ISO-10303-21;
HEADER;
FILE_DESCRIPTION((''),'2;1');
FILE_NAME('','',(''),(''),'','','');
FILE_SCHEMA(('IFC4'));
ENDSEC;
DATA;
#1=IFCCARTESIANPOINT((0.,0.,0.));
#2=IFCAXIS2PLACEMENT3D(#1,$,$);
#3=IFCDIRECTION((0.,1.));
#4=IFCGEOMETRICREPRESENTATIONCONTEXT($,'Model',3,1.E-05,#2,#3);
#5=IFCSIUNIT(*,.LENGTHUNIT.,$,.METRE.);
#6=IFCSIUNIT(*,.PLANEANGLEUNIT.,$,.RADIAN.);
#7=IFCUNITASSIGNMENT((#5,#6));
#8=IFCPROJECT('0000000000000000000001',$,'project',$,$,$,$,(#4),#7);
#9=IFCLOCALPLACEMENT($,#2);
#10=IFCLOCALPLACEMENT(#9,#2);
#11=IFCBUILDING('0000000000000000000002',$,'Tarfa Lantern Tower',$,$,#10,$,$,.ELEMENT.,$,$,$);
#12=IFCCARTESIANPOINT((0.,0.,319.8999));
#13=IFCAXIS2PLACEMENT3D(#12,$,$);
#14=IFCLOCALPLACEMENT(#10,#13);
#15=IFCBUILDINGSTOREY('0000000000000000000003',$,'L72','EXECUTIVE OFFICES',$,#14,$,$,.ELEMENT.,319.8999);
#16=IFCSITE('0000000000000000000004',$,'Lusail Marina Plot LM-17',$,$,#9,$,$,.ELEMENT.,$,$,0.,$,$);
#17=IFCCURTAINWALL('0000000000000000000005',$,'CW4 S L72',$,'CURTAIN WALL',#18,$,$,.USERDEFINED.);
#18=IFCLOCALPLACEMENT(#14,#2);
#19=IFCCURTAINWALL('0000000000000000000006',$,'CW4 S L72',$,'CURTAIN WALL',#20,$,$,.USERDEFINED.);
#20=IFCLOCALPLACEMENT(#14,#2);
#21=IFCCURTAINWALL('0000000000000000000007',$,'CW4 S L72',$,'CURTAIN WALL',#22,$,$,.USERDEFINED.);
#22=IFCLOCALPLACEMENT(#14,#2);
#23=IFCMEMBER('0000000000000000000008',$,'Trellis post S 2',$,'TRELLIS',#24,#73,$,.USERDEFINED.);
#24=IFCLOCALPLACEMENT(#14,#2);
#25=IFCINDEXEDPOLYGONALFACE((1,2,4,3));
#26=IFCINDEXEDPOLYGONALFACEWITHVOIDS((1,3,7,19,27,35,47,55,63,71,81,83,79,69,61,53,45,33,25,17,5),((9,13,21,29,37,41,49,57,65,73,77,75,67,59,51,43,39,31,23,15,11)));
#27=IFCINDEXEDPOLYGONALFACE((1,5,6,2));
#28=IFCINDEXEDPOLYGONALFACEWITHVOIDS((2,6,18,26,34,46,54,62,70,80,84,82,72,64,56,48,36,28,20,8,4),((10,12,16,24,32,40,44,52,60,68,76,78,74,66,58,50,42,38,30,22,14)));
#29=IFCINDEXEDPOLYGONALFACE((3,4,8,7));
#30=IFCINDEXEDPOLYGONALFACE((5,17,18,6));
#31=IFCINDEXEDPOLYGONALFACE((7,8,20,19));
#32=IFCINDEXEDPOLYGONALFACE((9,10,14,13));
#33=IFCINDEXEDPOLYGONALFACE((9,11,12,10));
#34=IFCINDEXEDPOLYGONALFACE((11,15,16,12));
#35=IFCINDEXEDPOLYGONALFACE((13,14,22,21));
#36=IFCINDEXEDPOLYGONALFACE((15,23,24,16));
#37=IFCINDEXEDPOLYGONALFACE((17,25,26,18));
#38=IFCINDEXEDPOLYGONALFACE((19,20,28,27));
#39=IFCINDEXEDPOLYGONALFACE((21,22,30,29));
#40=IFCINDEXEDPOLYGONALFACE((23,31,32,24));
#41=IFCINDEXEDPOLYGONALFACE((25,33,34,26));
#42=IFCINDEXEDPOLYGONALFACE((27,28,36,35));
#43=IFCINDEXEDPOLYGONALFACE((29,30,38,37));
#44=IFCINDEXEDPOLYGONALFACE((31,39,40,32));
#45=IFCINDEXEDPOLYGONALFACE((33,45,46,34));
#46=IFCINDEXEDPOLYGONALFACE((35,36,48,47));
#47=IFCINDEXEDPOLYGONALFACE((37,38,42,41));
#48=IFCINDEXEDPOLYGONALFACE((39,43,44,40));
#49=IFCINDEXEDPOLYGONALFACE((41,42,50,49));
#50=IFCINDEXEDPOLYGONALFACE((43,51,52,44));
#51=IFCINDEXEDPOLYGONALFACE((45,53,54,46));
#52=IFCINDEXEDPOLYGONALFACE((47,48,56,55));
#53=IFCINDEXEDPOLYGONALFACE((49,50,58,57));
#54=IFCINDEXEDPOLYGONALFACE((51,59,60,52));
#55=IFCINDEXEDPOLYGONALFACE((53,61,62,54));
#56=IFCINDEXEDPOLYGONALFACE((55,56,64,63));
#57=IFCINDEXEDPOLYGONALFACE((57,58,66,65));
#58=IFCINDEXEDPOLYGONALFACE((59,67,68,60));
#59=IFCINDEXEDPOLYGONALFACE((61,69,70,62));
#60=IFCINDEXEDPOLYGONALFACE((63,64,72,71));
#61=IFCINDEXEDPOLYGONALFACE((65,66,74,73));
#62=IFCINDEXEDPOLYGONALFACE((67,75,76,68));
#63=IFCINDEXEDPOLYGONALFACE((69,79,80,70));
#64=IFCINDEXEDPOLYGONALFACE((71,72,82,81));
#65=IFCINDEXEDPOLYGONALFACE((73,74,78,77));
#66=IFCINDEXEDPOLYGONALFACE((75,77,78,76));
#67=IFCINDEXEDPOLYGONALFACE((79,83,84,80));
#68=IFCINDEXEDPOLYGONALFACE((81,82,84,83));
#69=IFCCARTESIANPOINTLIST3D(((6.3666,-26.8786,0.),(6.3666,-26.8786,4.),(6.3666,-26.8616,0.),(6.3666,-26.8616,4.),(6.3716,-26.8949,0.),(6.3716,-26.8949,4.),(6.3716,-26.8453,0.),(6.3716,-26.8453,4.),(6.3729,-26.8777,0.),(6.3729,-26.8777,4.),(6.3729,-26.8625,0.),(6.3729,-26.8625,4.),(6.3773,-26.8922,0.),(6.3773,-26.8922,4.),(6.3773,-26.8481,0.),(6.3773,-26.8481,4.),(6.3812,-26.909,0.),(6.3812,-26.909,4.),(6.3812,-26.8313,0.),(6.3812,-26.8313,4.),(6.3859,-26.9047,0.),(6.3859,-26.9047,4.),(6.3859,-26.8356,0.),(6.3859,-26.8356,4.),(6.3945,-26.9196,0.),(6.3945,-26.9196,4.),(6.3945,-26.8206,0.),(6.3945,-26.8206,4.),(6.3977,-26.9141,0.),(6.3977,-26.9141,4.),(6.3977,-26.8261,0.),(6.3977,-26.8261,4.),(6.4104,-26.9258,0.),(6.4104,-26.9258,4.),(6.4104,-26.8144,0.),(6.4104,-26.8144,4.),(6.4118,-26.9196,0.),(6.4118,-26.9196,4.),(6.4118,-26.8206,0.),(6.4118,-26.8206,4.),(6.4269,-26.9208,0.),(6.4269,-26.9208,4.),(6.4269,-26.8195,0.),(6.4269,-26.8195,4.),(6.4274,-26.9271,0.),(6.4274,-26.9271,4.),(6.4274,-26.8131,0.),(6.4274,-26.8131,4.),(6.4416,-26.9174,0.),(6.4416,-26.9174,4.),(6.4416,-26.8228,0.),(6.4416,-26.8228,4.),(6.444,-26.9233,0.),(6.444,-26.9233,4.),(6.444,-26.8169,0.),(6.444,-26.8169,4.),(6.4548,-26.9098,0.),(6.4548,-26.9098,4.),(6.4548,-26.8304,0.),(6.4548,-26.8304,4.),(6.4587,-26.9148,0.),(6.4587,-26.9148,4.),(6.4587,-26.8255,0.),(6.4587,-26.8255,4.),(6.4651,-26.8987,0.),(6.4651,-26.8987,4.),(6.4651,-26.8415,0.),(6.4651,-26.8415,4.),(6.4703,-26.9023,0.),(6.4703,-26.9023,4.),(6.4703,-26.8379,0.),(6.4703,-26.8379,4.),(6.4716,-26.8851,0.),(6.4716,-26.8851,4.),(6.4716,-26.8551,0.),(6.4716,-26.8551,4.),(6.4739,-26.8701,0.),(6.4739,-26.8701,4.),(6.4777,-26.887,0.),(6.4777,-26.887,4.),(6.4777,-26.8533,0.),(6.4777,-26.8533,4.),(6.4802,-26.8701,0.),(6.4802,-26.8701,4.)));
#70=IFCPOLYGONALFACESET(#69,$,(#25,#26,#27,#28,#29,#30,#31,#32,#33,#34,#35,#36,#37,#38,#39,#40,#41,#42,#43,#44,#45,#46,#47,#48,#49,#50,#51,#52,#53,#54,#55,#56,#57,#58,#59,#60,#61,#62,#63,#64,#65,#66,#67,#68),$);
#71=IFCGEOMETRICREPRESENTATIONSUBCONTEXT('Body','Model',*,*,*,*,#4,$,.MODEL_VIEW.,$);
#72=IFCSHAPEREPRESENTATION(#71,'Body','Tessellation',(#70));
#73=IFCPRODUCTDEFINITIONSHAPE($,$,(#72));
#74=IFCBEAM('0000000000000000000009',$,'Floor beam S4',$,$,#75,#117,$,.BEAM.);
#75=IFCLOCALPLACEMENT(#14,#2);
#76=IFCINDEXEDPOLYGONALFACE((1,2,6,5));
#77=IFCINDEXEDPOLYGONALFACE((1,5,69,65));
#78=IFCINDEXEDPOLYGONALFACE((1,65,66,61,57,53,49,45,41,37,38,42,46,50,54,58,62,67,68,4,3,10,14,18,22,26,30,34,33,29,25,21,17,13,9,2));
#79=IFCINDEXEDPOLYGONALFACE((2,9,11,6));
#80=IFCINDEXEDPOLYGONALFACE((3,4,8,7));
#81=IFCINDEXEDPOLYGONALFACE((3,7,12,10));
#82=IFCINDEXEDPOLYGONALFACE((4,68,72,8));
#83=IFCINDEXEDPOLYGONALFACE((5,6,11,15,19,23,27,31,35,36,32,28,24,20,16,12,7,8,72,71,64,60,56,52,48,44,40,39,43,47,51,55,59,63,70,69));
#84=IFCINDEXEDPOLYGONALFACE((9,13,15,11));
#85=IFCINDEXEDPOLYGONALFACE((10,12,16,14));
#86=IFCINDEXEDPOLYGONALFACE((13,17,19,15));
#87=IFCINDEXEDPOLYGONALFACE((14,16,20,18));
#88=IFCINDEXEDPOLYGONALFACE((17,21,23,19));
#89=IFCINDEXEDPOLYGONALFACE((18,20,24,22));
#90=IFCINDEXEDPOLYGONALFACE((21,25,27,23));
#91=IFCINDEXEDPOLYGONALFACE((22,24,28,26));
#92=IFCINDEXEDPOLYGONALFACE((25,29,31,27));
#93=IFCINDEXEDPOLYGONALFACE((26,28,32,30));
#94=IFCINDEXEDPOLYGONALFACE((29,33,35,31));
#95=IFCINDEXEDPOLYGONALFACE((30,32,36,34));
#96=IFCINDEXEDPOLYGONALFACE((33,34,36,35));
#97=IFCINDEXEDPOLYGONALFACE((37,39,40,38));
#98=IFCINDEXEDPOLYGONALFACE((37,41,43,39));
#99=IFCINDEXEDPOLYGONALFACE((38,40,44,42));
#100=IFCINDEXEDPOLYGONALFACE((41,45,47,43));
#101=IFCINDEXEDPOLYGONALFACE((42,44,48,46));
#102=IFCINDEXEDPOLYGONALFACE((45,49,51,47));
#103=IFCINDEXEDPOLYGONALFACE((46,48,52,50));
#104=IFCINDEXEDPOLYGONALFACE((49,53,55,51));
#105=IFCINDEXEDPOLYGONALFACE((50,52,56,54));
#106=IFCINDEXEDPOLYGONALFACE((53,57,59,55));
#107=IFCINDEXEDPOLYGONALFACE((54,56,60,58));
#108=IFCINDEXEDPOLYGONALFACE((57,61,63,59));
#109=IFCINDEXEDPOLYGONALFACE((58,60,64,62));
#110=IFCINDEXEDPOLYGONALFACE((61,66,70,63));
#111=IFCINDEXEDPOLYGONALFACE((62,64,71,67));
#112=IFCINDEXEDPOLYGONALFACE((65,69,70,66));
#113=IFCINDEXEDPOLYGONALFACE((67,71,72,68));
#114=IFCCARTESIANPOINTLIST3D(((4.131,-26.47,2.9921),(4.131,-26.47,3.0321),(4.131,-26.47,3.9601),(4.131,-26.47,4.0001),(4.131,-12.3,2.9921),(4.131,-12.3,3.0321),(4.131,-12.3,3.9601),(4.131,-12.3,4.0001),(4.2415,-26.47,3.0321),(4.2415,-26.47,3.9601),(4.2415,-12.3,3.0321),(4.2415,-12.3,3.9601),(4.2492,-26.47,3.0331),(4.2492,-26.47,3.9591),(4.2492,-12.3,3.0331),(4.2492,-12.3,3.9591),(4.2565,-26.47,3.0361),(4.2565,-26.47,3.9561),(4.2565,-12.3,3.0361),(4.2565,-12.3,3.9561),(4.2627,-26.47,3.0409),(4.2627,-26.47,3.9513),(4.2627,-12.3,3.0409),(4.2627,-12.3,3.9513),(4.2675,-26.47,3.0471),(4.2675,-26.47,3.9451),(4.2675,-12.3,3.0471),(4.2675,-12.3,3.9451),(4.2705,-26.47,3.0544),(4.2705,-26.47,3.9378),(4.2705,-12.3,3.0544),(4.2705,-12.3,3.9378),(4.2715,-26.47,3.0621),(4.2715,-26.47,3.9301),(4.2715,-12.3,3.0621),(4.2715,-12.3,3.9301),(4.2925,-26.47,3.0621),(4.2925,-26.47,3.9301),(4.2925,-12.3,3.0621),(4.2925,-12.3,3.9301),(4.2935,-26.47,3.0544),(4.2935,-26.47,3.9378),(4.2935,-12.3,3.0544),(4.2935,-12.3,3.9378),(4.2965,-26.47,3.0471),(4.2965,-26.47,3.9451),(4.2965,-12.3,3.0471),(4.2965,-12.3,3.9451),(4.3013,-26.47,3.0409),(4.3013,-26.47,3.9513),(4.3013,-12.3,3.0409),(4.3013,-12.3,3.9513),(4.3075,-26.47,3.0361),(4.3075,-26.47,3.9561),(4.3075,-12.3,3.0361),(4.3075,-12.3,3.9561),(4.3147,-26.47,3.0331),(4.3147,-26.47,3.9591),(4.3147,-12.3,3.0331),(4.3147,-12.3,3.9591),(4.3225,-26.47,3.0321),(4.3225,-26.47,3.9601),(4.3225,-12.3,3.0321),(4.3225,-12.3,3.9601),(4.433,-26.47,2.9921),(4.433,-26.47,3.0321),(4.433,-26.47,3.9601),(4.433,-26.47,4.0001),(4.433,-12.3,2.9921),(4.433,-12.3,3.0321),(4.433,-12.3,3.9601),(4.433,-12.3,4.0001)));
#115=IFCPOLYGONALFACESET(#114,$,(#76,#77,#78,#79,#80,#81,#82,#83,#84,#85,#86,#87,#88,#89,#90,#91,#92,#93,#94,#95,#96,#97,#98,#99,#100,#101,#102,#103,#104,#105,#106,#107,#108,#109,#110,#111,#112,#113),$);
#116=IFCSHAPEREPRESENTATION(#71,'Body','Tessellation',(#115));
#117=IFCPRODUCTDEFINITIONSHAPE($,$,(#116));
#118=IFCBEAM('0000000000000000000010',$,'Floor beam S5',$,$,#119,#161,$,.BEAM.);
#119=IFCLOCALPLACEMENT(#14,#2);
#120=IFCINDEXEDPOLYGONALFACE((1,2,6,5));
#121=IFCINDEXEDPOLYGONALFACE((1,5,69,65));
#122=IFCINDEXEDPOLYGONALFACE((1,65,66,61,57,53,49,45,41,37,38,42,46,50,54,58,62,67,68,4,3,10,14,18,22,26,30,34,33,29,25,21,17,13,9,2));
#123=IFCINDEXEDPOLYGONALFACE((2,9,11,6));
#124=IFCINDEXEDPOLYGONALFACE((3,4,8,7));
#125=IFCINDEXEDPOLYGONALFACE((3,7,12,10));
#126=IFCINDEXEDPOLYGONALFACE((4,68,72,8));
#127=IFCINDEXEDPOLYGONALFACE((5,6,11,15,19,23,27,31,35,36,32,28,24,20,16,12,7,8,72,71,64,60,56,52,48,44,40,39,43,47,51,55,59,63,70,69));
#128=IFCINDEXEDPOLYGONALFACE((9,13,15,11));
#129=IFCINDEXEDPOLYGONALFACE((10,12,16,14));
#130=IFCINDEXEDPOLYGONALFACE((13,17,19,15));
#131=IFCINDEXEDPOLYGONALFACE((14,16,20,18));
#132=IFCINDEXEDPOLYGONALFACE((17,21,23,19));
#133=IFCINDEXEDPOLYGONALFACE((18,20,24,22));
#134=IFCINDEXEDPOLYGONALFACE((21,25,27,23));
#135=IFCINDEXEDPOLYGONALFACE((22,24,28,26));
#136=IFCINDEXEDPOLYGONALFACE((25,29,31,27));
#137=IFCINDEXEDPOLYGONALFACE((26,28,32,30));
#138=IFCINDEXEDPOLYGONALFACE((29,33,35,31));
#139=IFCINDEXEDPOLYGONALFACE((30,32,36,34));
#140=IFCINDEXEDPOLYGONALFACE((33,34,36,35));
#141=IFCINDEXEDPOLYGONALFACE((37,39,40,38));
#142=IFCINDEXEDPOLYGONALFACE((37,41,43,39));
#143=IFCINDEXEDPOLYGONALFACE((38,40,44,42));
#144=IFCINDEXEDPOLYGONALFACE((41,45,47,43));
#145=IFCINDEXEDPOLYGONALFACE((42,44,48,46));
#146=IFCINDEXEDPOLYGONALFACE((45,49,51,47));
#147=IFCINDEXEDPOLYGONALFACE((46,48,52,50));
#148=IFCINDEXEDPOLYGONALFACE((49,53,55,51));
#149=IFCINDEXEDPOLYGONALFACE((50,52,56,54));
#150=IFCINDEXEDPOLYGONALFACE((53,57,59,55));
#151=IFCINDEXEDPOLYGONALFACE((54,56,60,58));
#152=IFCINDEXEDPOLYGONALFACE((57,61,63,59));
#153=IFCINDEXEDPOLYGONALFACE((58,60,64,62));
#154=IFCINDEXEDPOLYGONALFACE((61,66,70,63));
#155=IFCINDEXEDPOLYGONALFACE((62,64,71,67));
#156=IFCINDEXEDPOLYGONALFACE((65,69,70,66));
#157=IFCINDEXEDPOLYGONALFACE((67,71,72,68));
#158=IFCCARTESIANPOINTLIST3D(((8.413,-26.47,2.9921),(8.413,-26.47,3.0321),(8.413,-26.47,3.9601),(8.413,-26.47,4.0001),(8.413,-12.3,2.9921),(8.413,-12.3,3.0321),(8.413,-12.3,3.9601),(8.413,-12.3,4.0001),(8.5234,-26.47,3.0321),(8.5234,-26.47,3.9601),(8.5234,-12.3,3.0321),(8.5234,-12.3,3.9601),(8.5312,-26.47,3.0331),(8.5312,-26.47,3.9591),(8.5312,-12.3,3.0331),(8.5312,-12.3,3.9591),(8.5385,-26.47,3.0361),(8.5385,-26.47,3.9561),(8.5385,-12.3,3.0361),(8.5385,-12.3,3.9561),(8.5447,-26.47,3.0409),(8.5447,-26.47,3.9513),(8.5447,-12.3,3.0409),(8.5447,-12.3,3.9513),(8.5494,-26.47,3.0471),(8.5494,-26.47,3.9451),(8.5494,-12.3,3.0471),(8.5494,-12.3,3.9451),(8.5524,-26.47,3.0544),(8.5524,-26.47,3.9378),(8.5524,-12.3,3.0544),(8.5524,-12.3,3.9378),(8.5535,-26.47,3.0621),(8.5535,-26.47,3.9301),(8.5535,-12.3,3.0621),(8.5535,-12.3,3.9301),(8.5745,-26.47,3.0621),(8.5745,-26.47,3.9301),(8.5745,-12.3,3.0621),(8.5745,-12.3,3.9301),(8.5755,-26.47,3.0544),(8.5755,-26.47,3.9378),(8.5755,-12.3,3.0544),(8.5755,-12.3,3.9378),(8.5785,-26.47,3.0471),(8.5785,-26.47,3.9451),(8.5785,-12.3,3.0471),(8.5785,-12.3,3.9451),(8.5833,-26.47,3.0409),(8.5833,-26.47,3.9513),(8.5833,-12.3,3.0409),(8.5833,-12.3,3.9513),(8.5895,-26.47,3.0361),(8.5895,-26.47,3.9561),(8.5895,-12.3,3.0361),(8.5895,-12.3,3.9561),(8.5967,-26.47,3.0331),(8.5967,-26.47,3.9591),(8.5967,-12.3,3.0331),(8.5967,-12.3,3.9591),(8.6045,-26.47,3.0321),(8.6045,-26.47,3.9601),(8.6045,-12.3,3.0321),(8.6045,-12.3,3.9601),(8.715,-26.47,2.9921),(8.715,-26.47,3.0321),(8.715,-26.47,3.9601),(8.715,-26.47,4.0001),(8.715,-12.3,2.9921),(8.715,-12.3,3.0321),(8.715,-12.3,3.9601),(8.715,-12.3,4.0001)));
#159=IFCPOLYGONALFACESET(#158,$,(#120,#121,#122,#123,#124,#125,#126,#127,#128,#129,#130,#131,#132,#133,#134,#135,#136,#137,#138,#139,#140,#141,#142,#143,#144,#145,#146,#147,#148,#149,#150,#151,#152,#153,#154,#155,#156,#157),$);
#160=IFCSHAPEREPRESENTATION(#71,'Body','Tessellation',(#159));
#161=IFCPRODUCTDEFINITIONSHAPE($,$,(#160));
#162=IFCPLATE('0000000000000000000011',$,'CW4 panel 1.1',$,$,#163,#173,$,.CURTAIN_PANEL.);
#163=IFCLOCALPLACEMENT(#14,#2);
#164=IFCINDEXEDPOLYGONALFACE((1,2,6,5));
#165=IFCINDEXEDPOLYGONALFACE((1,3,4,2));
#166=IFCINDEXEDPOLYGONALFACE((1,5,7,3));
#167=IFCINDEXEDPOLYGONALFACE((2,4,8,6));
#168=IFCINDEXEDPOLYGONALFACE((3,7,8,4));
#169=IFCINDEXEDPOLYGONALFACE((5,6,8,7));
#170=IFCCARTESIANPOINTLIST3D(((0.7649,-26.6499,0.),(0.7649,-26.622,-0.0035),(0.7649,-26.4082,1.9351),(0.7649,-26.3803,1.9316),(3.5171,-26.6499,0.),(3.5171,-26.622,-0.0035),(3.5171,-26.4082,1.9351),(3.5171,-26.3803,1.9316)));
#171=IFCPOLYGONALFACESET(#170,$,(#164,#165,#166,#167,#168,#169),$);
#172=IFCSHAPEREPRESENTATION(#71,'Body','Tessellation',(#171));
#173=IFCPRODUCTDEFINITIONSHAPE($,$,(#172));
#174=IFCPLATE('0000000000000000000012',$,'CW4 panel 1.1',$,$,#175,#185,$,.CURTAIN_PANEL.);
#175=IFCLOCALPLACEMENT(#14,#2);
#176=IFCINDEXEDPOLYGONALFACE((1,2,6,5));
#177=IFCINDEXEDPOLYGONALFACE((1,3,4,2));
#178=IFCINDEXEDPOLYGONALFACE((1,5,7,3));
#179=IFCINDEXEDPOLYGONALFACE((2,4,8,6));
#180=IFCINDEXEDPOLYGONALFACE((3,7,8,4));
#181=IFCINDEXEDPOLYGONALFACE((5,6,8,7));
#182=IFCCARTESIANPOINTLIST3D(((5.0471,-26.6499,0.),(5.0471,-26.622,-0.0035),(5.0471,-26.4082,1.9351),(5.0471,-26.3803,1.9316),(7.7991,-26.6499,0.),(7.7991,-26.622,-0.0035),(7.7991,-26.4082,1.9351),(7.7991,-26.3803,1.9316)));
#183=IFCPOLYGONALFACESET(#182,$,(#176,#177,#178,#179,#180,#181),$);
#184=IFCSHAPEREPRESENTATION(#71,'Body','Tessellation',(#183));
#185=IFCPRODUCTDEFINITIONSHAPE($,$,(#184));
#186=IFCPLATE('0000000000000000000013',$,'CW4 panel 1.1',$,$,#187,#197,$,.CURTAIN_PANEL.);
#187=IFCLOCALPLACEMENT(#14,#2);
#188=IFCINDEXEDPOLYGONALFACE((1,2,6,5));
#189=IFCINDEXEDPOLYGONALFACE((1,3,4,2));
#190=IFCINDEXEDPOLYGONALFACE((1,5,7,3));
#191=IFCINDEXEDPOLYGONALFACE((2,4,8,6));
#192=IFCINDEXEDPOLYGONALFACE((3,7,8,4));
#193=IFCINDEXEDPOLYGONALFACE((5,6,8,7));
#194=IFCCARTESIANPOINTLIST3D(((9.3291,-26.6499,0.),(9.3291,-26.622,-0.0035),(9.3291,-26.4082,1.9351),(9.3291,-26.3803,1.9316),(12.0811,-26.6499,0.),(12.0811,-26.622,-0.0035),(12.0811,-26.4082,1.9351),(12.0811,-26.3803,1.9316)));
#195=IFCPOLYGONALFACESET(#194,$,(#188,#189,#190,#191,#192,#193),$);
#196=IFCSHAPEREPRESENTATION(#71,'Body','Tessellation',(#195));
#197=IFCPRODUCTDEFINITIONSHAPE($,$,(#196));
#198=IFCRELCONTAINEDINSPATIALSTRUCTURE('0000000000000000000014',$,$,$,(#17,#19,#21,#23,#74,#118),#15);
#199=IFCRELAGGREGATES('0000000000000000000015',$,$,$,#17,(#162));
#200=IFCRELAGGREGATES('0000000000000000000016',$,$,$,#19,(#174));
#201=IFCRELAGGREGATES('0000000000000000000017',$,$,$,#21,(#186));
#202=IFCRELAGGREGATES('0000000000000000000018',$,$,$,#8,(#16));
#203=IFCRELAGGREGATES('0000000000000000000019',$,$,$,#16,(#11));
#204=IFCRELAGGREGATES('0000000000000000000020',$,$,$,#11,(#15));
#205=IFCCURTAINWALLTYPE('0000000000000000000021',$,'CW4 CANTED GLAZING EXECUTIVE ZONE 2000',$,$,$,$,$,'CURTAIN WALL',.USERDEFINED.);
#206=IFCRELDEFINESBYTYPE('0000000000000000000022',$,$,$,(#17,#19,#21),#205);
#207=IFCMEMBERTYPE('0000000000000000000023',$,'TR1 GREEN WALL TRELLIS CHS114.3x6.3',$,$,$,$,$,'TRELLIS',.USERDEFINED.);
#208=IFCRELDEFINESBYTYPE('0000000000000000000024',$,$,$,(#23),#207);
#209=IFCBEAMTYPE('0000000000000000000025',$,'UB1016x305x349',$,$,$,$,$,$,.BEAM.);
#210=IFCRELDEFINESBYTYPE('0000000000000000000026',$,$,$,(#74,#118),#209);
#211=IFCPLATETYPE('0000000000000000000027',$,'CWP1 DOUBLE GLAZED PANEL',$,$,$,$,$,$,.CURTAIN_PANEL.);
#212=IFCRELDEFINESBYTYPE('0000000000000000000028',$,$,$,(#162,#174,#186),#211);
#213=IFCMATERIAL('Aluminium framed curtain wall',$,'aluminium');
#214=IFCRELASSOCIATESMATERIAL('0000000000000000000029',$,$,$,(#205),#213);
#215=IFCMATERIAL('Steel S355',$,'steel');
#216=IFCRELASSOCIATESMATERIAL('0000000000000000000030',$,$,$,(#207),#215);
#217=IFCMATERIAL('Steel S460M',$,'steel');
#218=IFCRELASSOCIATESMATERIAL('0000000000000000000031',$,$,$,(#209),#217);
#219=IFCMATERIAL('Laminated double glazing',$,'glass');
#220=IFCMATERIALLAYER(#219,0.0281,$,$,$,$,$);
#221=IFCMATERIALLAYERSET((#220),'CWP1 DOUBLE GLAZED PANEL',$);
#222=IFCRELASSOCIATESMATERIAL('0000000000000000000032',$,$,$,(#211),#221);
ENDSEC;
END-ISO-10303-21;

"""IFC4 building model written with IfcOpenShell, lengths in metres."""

from ifc_helpers import new_model, si_unit, direction, frame, origin, origin_2d, place, context, subcontext, project, spatial, polyline, hollow_circle, i_section, outline, extrude, material, layer, layer_set, material_profile, profile_set, type_object, element, aggregate, save


model = new_model("IFC4")

# Units and contexts
model_context = context("Model", 3, precision=1e-05, world=origin(), true_north=direction((0.0, 1.0)))
body_context = subcontext(model_context, "Body", "Model", "MODEL_VIEW")
ifc_project = project(units=[si_unit("LENGTHUNIT", "METRE"), si_unit("PLANEANGLEUNIT", "RADIAN")], contexts=[model_context])

# Site, building, storey
site_placement = place(None, origin())
site = spatial("IfcSite", under=ifc_project, at=site_placement, Name="Lusail Marina Plot LM-17", CompositionType="ELEMENT", RefElevation=0.0)
building_placement = place(site_placement, origin())
building = spatial("IfcBuilding", under=site, at=building_placement, Name="Tarfa Lantern Tower", CompositionType="ELEMENT")
storey_placement = place(building_placement, frame((0.0, 0.0, 319.8999)))
storey = spatial("IfcBuildingStorey", under=building, at=storey_placement, Name="L72", Description="EXECUTIVE OFFICES", CompositionType="ELEMENT", Elevation=319.8999)

# Curtain walls
ifc_material_1 = material(Name="Aluminium framed curtain wall", Category="aluminium")
curtain_wall_type = type_object("IfcCurtainWallType", Name="CW4 CANTED GLAZING EXECUTIVE ZONE 2000", ElementType="CURTAIN WALL", PredefinedType="USERDEFINED", material=ifc_material_1)
curtain_wall_1_placement = place(storey_placement, origin())
curtain_wall_1 = element("IfcCurtainWall", 1, at=curtain_wall_1_placement, inside=storey, type_object=curtain_wall_type, Name="CW4 S L72", ObjectType="CURTAIN WALL", PredefinedType="USERDEFINED")
curtain_wall_2_placement = place(storey_placement, origin())
curtain_wall_2 = element("IfcCurtainWall", 2, at=curtain_wall_2_placement, inside=storey, type_object=curtain_wall_type, Name="CW4 S L72", ObjectType="CURTAIN WALL", PredefinedType="USERDEFINED")

# Curtain wall
curtain_wall_3_placement = place(storey_placement, origin())
curtain_wall_3 = element("IfcCurtainWall", 3, at=curtain_wall_3_placement, inside=storey, type_object=curtain_wall_type, Name="CW4 S L72", ObjectType="CURTAIN WALL", PredefinedType="USERDEFINED")

# Member
ifc_material_2 = material(Name="Steel S355", Category="steel")
ifc_material_profile_1 = material_profile(ifc_material_2, hollow_circle(Radius=0.0571, WallThickness=0.0063, at=origin_2d()), Name="CHS114.3x6.3")
ifc_profile_set_1 = profile_set([ifc_material_profile_1], Name="Steel S355")
member_type_1 = type_object("IfcMemberType", Name="TR1 GREEN WALL TRELLIS CHS114.3x6.3", ElementType="TRELLIS", PredefinedType="USERDEFINED", material=ifc_profile_set_1)
member_1_placement = place(storey_placement, frame((6.4231, -26.8701, 0.0), z_axis=(0.0, 0.0, 1.0), x_axis=(1.0, 0.0, 0.0)))
element("IfcMember", 4, at=member_1_placement, inside=storey, type_object=member_type_1, Name="Trellis post S 2", ObjectType="TRELLIS", PredefinedType="USERDEFINED", context=body_context, shape_type="SweptSolid", body=[
    extrude(hollow_circle(Radius=0.0571, WallThickness=0.0063, at=origin_2d()), origin(), (0.0, 0.0, 1.0), 4.0),
])

# Beams
ifc_material_3 = material(Name="Steel S460M", Category="steel")
ifc_material_profile_2 = material_profile(ifc_material_3, i_section(OverallWidth=0.302, OverallDepth=1.0081, WebThickness=0.021, FlangeThickness=0.04, FilletRadius=0.03, at=origin_2d()), Name="UB1016x305x349")
ifc_profile_set_2 = profile_set([ifc_material_profile_2], Name="Steel S460M")
beam_type_1 = type_object("IfcBeamType", Name="UB1016x305x349", PredefinedType="BEAM", material=ifc_profile_set_2)
for number, where, z_axis, x_axis, name in (
    (5, (4.282, -26.47, 3.4961), (0.0, 1.0, 0.0), (-1.0, 0.0, 0.0), "Floor beam S4"),
    (6, (8.564, -26.47, 3.4961), (0.0, 1.0, 0.0), (-1.0, 0.0, 0.0), "Floor beam S5"),
):
    element("IfcBeam", number, at=place(storey_placement, frame(where, z_axis=z_axis, x_axis=x_axis)), inside=storey, type_object=beam_type_1, Name=name, PredefinedType="BEAM", context=body_context, shape_type="SweptSolid", body=[
        extrude(i_section(OverallWidth=0.302, OverallDepth=1.0081, WebThickness=0.021, FlangeThickness=0.04, FilletRadius=0.03, at=origin_2d()), origin(), (0.0, 0.0, 1.0), 14.1699),
    ])

# Plates
ifc_material_4 = material(Name="Laminated double glazing", Category="glass")
ifc_layer = layer(ifc_material_4, 0.0281)
ifc_layer_set = layer_set([ifc_layer], Name="CWP1 DOUBLE GLAZED PANEL")
plate_type = type_object("IfcPlateType", Name="CWP1 DOUBLE GLAZED PANEL", PredefinedType="CURTAIN_PANEL", material=ifc_layer_set)
plate_1_placement = place(storey_placement, frame((0.7649, -26.6499, 0.0), z_axis=(0.0, -0.992289, 0.123942), x_axis=(1.0, 0.0, 0.0)))
plate_1 = element("IfcPlate", 7, at=plate_1_placement, type_object=plate_type, Name="CW4 panel 1.1", PredefinedType="CURTAIN_PANEL", context=body_context, shape_type="SweptSolid", body=[
    extrude(outline(polyline([(0.0, 0.0), (2.7522, 0.0), (2.7522, 1.9501), (0.0, 1.9501), (0.0, 0.0)])), origin(), (0.0, 0.0, -1.0), 0.0281),
])
aggregate(curtain_wall_1, [plate_1])
plate_2_placement = place(storey_placement, frame((5.0471, -26.6499, 0.0), z_axis=(0.0, -0.992289, 0.123942), x_axis=(1.0, 0.0, 0.0)))
plate_2 = element("IfcPlate", 8, at=plate_2_placement, type_object=plate_type, Name="CW4 panel 1.1", PredefinedType="CURTAIN_PANEL", context=body_context, shape_type="SweptSolid", body=[
    extrude(outline(polyline([(0.0, 0.0), (2.752, 0.0), (2.752, 1.9501), (0.0, 1.9501), (0.0, 0.0)])), origin(), (0.0, 0.0, -1.0), 0.0281),
])
aggregate(curtain_wall_2, [plate_2])
plate_3_placement = place(storey_placement, frame((9.3291, -26.6499, 0.0), z_axis=(0.0, -0.992289, 0.123942), x_axis=(1.0, 0.0, 0.0)))
plate_3 = element("IfcPlate", 9, at=plate_3_placement, type_object=plate_type, Name="CW4 panel 1.1", PredefinedType="CURTAIN_PANEL", context=body_context, shape_type="SweptSolid", body=[
    extrude(outline(polyline([(0.0, 0.0), (2.752, 0.0), (2.752, 1.9501), (0.0, 1.9501), (0.0, 0.0)])), origin(), (0.0, 0.0, -1.0), 0.0281),
])
aggregate(curtain_wall_3, [plate_3])

save(model, "model.ifc")
